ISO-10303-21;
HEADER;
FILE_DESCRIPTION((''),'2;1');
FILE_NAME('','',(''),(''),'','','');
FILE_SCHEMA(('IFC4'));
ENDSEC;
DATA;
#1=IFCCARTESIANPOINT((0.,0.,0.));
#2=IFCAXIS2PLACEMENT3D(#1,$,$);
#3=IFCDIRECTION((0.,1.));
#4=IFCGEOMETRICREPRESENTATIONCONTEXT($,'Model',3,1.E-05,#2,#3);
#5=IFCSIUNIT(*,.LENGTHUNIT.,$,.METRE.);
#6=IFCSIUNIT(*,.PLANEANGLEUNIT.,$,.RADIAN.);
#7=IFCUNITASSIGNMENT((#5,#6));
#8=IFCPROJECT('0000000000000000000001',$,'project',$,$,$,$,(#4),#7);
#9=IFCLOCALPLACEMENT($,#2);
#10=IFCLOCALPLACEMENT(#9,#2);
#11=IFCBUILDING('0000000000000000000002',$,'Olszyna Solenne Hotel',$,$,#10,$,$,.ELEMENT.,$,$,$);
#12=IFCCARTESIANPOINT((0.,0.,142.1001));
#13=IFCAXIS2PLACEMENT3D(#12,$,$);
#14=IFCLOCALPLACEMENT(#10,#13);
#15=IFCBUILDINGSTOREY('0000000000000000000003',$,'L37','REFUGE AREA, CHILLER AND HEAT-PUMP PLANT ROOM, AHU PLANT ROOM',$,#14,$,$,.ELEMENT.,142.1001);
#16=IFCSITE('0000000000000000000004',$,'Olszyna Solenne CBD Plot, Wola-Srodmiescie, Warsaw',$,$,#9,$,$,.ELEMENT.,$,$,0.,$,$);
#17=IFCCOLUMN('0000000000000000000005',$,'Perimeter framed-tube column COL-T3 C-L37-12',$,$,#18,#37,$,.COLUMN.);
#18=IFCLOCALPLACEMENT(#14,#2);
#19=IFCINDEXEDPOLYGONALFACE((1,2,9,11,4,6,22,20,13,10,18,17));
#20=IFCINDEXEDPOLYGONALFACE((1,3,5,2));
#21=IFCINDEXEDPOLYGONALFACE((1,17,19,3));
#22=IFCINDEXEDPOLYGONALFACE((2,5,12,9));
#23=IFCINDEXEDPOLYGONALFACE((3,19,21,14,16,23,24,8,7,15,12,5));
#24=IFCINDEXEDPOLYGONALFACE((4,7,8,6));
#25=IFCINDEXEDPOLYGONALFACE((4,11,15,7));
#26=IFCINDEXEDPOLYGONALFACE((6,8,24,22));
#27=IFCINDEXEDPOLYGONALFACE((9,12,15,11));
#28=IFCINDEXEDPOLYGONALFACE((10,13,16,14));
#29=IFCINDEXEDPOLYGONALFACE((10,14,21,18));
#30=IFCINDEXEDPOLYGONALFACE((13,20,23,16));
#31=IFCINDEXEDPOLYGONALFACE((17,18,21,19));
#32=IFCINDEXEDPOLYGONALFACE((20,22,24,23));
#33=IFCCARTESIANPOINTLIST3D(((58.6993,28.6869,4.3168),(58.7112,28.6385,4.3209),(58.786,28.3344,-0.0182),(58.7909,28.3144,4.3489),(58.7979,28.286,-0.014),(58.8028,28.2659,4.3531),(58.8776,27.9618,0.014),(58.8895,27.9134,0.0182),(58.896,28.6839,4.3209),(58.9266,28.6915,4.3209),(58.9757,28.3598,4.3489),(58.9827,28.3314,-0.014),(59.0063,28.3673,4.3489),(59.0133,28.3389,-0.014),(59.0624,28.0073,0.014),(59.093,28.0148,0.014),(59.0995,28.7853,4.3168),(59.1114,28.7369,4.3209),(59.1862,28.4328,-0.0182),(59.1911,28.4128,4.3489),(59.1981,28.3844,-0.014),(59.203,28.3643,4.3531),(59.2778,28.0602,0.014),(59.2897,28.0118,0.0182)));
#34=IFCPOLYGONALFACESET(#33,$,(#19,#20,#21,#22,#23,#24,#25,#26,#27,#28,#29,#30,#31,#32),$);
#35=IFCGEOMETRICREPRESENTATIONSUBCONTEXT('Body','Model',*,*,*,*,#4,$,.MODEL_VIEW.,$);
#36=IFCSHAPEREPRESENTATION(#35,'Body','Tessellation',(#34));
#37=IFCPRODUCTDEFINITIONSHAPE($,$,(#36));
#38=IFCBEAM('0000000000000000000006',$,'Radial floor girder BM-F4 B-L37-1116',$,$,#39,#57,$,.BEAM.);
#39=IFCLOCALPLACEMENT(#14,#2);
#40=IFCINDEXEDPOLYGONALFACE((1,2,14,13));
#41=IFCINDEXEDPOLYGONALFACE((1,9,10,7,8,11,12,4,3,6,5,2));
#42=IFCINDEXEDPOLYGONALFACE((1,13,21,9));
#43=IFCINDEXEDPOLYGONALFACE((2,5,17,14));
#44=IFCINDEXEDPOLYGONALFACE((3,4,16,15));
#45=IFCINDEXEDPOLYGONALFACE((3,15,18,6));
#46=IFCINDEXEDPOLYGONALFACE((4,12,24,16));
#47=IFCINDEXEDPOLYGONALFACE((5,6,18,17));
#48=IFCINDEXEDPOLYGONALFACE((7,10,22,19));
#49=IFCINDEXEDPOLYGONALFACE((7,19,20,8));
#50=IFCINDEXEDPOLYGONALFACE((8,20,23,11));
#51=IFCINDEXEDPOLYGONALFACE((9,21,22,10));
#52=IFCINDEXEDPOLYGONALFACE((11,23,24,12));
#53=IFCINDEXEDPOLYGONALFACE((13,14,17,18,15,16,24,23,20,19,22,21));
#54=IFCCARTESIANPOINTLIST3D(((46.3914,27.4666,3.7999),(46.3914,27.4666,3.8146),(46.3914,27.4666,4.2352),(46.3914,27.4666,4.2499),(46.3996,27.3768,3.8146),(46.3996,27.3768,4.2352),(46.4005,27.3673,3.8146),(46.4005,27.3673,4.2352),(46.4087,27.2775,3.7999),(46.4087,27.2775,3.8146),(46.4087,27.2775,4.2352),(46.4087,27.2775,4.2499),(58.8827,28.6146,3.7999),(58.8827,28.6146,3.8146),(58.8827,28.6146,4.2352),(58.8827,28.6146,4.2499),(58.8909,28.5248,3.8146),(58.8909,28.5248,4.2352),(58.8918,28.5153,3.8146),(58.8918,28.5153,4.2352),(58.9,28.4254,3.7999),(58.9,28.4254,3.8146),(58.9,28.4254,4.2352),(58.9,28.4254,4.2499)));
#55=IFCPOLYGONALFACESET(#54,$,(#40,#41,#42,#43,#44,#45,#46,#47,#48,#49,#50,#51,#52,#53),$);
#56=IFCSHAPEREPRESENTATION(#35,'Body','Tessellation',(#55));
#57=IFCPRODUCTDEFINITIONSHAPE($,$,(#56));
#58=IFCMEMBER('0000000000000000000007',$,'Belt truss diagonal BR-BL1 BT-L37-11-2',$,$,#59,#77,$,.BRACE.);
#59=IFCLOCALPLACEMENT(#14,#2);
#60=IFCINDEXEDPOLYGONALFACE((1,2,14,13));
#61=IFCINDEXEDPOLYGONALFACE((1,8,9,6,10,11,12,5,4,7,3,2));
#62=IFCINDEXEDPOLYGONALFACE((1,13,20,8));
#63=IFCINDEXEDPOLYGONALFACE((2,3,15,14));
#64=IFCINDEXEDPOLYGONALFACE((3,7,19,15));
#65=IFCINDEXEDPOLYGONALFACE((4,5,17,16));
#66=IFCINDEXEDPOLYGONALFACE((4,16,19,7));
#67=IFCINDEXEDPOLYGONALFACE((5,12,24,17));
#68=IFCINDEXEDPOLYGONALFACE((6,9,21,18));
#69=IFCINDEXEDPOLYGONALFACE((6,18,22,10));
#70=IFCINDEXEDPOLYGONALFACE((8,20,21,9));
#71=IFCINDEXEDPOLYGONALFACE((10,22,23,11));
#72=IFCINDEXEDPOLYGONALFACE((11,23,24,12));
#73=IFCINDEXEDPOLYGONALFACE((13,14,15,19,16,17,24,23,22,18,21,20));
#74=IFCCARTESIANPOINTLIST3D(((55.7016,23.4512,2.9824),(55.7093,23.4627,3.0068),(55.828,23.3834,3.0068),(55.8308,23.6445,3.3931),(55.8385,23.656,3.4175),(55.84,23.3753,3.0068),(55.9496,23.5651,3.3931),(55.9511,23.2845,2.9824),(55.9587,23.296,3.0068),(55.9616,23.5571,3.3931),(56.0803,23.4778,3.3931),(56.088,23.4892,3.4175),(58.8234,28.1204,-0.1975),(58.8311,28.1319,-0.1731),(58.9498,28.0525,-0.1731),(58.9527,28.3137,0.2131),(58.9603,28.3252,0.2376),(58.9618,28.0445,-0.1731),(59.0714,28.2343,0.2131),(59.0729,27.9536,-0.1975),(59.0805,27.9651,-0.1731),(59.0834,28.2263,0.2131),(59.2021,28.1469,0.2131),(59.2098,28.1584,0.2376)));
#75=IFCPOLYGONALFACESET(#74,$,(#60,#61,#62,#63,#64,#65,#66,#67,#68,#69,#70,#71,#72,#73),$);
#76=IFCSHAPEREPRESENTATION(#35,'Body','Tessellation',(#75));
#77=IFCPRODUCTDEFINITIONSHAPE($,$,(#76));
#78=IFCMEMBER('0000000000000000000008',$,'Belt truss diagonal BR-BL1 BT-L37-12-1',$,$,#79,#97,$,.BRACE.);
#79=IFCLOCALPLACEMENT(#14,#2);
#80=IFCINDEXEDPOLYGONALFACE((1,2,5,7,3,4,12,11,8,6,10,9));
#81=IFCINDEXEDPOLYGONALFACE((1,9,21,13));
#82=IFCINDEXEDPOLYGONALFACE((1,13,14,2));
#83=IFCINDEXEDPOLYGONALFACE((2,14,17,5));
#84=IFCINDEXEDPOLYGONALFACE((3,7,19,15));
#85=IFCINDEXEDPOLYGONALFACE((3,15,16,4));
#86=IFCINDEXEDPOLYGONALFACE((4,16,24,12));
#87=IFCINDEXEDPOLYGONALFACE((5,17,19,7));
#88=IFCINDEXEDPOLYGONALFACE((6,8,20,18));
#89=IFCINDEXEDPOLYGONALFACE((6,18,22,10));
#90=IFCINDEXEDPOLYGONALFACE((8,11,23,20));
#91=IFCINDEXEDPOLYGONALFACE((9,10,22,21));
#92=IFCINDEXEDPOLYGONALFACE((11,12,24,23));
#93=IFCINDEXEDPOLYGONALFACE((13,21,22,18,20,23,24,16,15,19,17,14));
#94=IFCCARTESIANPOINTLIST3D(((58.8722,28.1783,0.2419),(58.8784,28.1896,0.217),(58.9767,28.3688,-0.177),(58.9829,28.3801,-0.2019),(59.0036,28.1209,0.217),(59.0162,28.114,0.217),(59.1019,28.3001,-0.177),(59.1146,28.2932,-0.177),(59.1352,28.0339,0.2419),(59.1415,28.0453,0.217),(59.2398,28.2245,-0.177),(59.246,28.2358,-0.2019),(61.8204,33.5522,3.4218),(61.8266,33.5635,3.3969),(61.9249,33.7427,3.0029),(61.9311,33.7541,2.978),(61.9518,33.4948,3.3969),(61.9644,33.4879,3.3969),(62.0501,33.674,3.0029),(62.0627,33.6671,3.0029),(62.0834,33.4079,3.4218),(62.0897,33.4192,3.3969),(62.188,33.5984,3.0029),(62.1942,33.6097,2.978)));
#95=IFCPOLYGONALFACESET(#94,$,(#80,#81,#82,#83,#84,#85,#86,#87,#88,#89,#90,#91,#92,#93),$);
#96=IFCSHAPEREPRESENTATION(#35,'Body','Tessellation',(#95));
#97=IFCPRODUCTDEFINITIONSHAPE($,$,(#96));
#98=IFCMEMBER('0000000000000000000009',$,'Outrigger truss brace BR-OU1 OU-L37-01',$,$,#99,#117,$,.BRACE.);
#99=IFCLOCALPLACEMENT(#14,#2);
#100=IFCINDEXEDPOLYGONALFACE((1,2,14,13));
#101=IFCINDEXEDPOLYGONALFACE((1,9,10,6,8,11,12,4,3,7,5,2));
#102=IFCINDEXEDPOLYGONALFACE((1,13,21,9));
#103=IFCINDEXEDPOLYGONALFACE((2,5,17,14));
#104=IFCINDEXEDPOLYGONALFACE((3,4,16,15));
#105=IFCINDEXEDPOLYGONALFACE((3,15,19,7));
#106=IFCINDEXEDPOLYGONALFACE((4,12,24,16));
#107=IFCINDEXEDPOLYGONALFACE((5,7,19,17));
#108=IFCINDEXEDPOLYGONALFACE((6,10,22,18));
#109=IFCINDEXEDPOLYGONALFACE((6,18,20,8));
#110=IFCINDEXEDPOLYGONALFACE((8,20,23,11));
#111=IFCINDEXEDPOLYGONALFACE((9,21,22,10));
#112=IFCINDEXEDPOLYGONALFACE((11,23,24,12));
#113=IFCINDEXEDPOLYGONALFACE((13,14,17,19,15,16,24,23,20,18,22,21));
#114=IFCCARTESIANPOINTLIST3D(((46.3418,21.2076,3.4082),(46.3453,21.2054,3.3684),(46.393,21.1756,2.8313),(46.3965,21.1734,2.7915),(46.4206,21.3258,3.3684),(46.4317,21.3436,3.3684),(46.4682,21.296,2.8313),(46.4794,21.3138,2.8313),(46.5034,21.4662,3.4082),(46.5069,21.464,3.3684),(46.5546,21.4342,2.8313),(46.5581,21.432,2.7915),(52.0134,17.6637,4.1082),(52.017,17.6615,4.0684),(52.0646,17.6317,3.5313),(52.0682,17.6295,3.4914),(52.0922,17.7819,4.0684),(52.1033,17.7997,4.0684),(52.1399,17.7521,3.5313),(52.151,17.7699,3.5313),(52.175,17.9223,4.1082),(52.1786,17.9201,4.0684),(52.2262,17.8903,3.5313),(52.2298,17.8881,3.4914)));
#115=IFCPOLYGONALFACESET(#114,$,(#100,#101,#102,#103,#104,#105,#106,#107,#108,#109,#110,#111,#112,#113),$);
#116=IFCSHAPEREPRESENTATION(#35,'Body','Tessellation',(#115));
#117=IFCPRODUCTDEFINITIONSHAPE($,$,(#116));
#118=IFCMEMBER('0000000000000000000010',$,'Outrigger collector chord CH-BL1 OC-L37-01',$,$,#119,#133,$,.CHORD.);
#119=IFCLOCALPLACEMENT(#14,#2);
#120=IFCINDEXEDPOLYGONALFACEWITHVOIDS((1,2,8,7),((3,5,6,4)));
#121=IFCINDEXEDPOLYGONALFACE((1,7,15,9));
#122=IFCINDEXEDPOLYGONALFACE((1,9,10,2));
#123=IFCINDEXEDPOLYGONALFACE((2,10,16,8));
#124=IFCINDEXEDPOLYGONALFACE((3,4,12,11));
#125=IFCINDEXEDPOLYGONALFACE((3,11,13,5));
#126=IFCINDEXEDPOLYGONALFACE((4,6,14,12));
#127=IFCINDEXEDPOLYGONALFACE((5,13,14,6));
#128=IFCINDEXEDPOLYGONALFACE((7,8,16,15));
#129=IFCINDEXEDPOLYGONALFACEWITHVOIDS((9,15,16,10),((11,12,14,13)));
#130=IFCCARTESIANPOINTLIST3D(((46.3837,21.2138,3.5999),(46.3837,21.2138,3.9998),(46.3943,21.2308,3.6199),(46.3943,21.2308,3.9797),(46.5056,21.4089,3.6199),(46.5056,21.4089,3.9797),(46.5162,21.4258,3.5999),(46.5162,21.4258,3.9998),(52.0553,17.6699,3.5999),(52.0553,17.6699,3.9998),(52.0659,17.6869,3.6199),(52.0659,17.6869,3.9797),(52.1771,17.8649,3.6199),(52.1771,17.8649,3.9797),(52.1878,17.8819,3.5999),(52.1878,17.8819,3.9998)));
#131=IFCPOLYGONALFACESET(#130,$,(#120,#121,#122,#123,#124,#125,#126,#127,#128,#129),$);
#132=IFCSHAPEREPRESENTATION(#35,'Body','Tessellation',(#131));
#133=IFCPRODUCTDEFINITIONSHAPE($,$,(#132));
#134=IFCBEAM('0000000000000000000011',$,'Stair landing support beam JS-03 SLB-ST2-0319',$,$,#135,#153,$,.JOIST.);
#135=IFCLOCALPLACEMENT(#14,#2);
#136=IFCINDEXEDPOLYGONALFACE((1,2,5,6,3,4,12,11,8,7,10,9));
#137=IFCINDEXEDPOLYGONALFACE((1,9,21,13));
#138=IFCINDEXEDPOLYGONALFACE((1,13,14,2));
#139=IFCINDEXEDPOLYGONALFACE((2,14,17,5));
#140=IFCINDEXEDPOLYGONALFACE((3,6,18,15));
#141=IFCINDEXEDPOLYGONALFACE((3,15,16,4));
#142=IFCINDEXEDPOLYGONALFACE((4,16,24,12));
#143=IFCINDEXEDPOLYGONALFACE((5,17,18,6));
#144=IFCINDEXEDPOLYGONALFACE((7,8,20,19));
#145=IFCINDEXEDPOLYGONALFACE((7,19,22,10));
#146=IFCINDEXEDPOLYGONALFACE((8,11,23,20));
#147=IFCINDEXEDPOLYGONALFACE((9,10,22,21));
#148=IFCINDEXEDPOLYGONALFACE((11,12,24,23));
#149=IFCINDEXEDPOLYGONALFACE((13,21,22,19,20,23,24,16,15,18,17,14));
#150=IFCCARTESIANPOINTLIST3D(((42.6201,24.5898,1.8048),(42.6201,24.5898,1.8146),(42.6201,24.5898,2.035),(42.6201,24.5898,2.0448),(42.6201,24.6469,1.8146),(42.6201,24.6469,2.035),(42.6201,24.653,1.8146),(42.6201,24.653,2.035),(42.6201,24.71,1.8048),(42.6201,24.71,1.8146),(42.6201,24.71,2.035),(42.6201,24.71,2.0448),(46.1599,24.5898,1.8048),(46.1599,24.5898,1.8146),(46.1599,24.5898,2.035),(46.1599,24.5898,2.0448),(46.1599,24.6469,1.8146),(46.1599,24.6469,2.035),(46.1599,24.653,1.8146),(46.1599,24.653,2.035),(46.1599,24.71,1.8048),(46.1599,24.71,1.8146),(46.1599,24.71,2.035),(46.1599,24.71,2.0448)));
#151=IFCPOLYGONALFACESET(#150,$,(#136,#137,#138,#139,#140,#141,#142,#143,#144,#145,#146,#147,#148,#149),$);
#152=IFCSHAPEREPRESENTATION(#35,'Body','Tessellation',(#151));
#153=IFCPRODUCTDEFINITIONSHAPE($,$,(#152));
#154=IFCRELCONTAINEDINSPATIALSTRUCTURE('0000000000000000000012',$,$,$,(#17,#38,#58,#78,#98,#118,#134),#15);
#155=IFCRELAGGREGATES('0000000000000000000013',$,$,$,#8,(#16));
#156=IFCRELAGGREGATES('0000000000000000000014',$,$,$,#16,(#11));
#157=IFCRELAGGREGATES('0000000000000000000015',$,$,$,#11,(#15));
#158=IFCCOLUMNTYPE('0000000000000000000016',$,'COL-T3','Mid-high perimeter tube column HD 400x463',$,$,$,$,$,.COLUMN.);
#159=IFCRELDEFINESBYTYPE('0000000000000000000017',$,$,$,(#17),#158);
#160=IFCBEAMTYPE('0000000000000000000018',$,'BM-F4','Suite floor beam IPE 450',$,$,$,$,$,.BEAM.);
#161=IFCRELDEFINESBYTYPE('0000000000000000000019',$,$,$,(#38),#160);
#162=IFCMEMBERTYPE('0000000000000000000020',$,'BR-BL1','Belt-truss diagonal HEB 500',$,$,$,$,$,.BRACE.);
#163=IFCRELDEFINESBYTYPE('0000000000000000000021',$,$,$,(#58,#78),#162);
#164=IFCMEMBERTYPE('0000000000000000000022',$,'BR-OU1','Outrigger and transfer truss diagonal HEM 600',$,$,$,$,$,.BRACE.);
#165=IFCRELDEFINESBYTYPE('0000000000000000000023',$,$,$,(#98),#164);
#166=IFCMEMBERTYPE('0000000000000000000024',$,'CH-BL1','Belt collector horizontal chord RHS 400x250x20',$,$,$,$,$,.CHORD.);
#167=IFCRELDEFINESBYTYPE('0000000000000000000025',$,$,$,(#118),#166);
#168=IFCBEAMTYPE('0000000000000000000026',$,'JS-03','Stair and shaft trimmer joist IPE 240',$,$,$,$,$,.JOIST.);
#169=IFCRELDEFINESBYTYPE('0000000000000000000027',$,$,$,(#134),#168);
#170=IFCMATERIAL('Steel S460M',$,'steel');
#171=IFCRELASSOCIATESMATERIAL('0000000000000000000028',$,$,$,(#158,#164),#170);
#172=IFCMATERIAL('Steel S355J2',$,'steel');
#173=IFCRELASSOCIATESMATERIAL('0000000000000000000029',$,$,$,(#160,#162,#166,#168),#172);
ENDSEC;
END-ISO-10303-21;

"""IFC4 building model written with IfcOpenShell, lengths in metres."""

from ifc_helpers import new_model, si_unit, direction, frame, origin, origin_2d, place, context, subcontext, project, spatial, hollow_rectangle, i_section, extrude, source, transform, mapped, material, material_profile, profile_set, type_object, element, save


model = new_model("IFC4")

# Units and contexts
model_context = context("Model", 3, precision=1e-05, world=origin(), true_north=direction((0.0, 1.0)))
body_context = subcontext(model_context, "Body", "Model", "MODEL_VIEW")
ifc_project = project(units=[si_unit("LENGTHUNIT", "METRE"), si_unit("PLANEANGLEUNIT", "RADIAN")], contexts=[model_context])

# Site, building, storey
site_placement = place(None, origin())
site = spatial("IfcSite", under=ifc_project, at=site_placement, Name="Olszyna Solenne CBD Plot, Wola-Srodmiescie, Warsaw", CompositionType="ELEMENT", RefElevation=0.0)
building_placement = place(site_placement, origin())
building = spatial("IfcBuilding", under=site, at=building_placement, Name="Olszyna Solenne Hotel", CompositionType="ELEMENT")
storey_placement = place(building_placement, frame((0.0, 0.0, 142.1001)))
storey = spatial("IfcBuildingStorey", under=building, at=storey_placement, Name="L37", Description="REFUGE AREA, CHILLER AND HEAT-PUMP PLANT ROOM, AHU PLANT ROOM", CompositionType="ELEMENT", Elevation=142.1001)

# Column
ifc_material_1 = material(Name="Steel S460M", Category="steel")
ifc_material_profile_1 = material_profile(ifc_material_1, i_section(OverallWidth=0.4121, OverallDepth=0.4351, WebThickness=0.0315, FlangeThickness=0.05, at=origin_2d()), Name="HD 400x463", Category="load-bearing")
ifc_profile_set_1 = profile_set([ifc_material_profile_1], Name="Steel S460M")
column_type = type_object("IfcColumnType", Name="COL-T3", Description="Mid-high perimeter tube column HD 400x463", PredefinedType="COLUMN", material=ifc_profile_set_1)
shared_shape_1 = source(origin(), body_context, "Body", "SweptSolid", [
    extrude(i_section(OverallWidth=0.4121, OverallDepth=0.4351, WebThickness=0.0315, FlangeThickness=0.05, at=origin_2d()), origin(), (0.0, 0.0, 1.0), 4.3501),
])
column_placement = place(storey_placement, frame((59.0378, 28.1731, 0.0), z_axis=(-0.019923, 0.081041, 0.996512), x_axis=(-0.971084, -0.238736, 0.0)))
element("IfcColumn", 1, at=column_placement, inside=storey, type_object=column_type, Name="Perimeter framed-tube column COL-T3 C-L37-12", PredefinedType="COLUMN", context=body_context, shape_type="MappedRepresentation", body=[
    mapped(shared_shape_1, transform((0.0, 0.0, 0.0), x_axis=(1.0, 0.0, 0.0), y_axis=(0.0, 1.0, 0.0), z_axis=(0.0, 0.0, 1.0), scale=1.0)),
])

# Beam
ifc_material_2 = material(Name="Steel S355J2", Category="steel")
ifc_material_profile_2 = material_profile(ifc_material_2, i_section(OverallWidth=0.1899, OverallDepth=0.45, WebThickness=0.0095, FlangeThickness=0.0146, at=origin_2d()), Name="IPE 450", Category="load-bearing")
ifc_profile_set_2 = profile_set([ifc_material_profile_2], Name="Steel S355J2")
beam_type_1 = type_object("IfcBeamType", Name="BM-F4", Description="Suite floor beam IPE 450", PredefinedType="BEAM", material=ifc_profile_set_2)
shared_shape_2 = source(origin(), body_context, "Body", "SweptSolid", [
    extrude(i_section(OverallWidth=0.1899, OverallDepth=0.45, WebThickness=0.0095, FlangeThickness=0.0146, at=origin_2d()), origin(), (0.0, 0.0, 1.0), 12.5439),
])
beam_placement = place(storey_placement, frame((58.8914, 28.52, 4.0249), z_axis=(-0.995804, -0.091515, 0.0), x_axis=(0.091515, -0.995804, 0.0)))
element("IfcBeam", 2, at=beam_placement, inside=storey, type_object=beam_type_1, Name="Radial floor girder BM-F4 B-L37-1116", PredefinedType="BEAM", context=body_context, shape_type="MappedRepresentation", body=[
    mapped(shared_shape_2, transform((0.0, 0.0, 0.0), x_axis=(1.0, 0.0, 0.0), y_axis=(0.0, 1.0, 0.0), z_axis=(0.0, 0.0, 1.0), scale=1.0)),
])

# Members
ifc_material_profile_3 = material_profile(ifc_material_2, i_section(OverallWidth=0.3, OverallDepth=0.5, WebThickness=0.0144, FlangeThickness=0.0281, at=origin_2d()), Name="HEB 500", Category="load-bearing")
ifc_profile_set_3 = profile_set([ifc_material_profile_3], Name="Steel S355J2")
member_type_1 = type_object("IfcMemberType", Name="BR-BL1", Description="Belt-truss diagonal HEB 500", PredefinedType="BRACE", material=ifc_profile_set_3)
shared_shape_3 = source(origin(), body_context, "Body", "SweptSolid", [
    extrude(i_section(OverallWidth=0.3, OverallDepth=0.5, WebThickness=0.0144, FlangeThickness=0.0281, at=origin_2d()), origin(), (0.0, 0.0, 1.0), 6.4543),
])
member_1_placement = place(storey_placement, frame((59.0166, 28.1394, 0.02), z_axis=(-0.483675, -0.723413, 0.492678), x_axis=(0.831307, -0.555813, 0.0)))
element("IfcMember", 3, at=member_1_placement, inside=storey, type_object=member_type_1, Name="Belt truss diagonal BR-BL1 BT-L37-11-2", PredefinedType="BRACE", context=body_context, shape_type="MappedRepresentation", body=[
    mapped(shared_shape_3, transform((0.0, 0.0, 0.0), x_axis=(1.0, 0.0, 0.0), y_axis=(0.0, 1.0, 0.0), z_axis=(0.0, 0.0, 1.0), scale=1.0)),
])
shared_shape_4 = source(origin(), body_context, "Body", "SweptSolid", [
    extrude(i_section(OverallWidth=0.3, OverallDepth=0.5, WebThickness=0.0144, FlangeThickness=0.0281, at=origin_2d()), origin(), (0.0, 0.0, 1.0), 6.9053),
])
member_2_placement = place(storey_placement, frame((59.0591, 28.207, 0.02), z_axis=(0.426949, 0.778238, 0.460501), x_axis=(-0.87673, 0.480983, 0.0)))
element("IfcMember", 4, at=member_2_placement, inside=storey, type_object=member_type_1, Name="Belt truss diagonal BR-BL1 BT-L37-12-1", PredefinedType="BRACE", context=body_context, shape_type="MappedRepresentation", body=[
    mapped(shared_shape_4, transform((0.0, 0.0, 0.0), x_axis=(1.0, 0.0, 0.0), y_axis=(0.0, 1.0, 0.0), z_axis=(0.0, 0.0, 1.0), scale=1.0)),
])
ifc_material_profile_4 = material_profile(ifc_material_1, i_section(OverallWidth=0.3049, OverallDepth=0.6201, WebThickness=0.021, FlangeThickness=0.04, at=origin_2d()), Name="HEM 600", Category="load-bearing")
ifc_profile_set_4 = profile_set([ifc_material_profile_4], Name="Steel S460M")
member_type_2 = type_object("IfcMemberType", Name="BR-OU1", Description="Outrigger and transfer truss diagonal HEM 600", PredefinedType="BRACE", material=ifc_profile_set_4)
shared_shape_5 = source(origin(), body_context, "Body", "SweptSolid", [
    extrude(i_section(OverallWidth=0.3049, OverallDepth=0.6201, WebThickness=0.021, FlangeThickness=0.04, at=origin_2d()), origin(), (0.0, 0.0, 1.0), 6.7244),
])
member_3_placement = place(storey_placement, frame((46.45, 21.3198, 3.0999), z_axis=(0.843447, -0.527032, 0.104092), x_axis=(0.52991, 0.848054, 0.0)))
element("IfcMember", 5, at=member_3_placement, inside=storey, type_object=member_type_2, Name="Outrigger truss brace BR-OU1 OU-L37-01", PredefinedType="BRACE", context=body_context, shape_type="MappedRepresentation", body=[
    mapped(shared_shape_5, transform((0.0, 0.0, 0.0), x_axis=(1.0, 0.0, 0.0), y_axis=(0.0, 1.0, 0.0), z_axis=(0.0, 0.0, 1.0), scale=1.0)),
])
ifc_material_profile_5 = material_profile(ifc_material_2, hollow_rectangle(XDim=0.25, YDim=0.3999, WallThickness=0.02, at=origin_2d()), Name="RHS 400x250x20", Category="load-bearing")
ifc_profile_set_5 = profile_set([ifc_material_profile_5], Name="Steel S355J2")
member_type_3 = type_object("IfcMemberType", Name="CH-BL1", Description="Belt collector horizontal chord RHS 400x250x20", PredefinedType="CHORD", material=ifc_profile_set_5)
shared_shape_6 = source(origin(), body_context, "Body", "SweptSolid", [
    extrude(hollow_rectangle(XDim=0.25, YDim=0.3999, WallThickness=0.02, at=origin_2d()), origin(), (0.0, 0.0, 1.0), 6.6877),
])
member_4_placement = place(storey_placement, frame((46.45, 21.3198, 3.7998), z_axis=(0.848054, -0.52991, 0.0), x_axis=(0.52991, 0.848054, 0.0)))
element("IfcMember", 6, at=member_4_placement, inside=storey, type_object=member_type_3, Name="Outrigger collector chord CH-BL1 OC-L37-01", PredefinedType="CHORD", context=body_context, shape_type="MappedRepresentation", body=[
    mapped(shared_shape_6, transform((0.0, 0.0, 0.0), x_axis=(1.0, 0.0, 0.0), y_axis=(0.0, 1.0, 0.0), z_axis=(0.0, 0.0, 1.0), scale=1.0)),
])

# Beam
ifc_material_profile_6 = material_profile(ifc_material_2, i_section(OverallWidth=0.1201, OverallDepth=0.24, WebThickness=0.0061, FlangeThickness=0.0098, at=origin_2d()), Name="IPE 240", Category="load-bearing")
ifc_profile_set_6 = profile_set([ifc_material_profile_6], Name="Steel S355J2")
beam_type_2 = type_object("IfcBeamType", Name="JS-03", Description="Stair and shaft trimmer joist IPE 240", PredefinedType="JOIST", material=ifc_profile_set_6)
shared_shape_7 = source(origin(), body_context, "Body", "SweptSolid", [
    extrude(i_section(OverallWidth=0.1201, OverallDepth=0.24, WebThickness=0.0061, FlangeThickness=0.0098, at=origin_2d()), origin(), (0.0, 0.0, 1.0), 3.5398),
])
for number, where, z_axis, x_axis, name in (
    (7, (46.1599, 24.6499, 1.9248), (-1.0, 0.0, 0.0), (0.0, -1.0, 0.0), "Stair landing support beam JS-03 SLB-ST2-0319"),
):
    element("IfcBeam", number, at=place(storey_placement, frame(where, z_axis=z_axis, x_axis=x_axis)), inside=storey, type_object=beam_type_2, Name=name, PredefinedType="JOIST", context=body_context, shape_type="MappedRepresentation", body=[
        mapped(shared_shape_7, transform((0.0, 0.0, 0.0), x_axis=(1.0, 0.0, 0.0), y_axis=(0.0, 1.0, 0.0), z_axis=(0.0, 0.0, 1.0), scale=1.0)),
    ])

save(model, "model.ifc")
